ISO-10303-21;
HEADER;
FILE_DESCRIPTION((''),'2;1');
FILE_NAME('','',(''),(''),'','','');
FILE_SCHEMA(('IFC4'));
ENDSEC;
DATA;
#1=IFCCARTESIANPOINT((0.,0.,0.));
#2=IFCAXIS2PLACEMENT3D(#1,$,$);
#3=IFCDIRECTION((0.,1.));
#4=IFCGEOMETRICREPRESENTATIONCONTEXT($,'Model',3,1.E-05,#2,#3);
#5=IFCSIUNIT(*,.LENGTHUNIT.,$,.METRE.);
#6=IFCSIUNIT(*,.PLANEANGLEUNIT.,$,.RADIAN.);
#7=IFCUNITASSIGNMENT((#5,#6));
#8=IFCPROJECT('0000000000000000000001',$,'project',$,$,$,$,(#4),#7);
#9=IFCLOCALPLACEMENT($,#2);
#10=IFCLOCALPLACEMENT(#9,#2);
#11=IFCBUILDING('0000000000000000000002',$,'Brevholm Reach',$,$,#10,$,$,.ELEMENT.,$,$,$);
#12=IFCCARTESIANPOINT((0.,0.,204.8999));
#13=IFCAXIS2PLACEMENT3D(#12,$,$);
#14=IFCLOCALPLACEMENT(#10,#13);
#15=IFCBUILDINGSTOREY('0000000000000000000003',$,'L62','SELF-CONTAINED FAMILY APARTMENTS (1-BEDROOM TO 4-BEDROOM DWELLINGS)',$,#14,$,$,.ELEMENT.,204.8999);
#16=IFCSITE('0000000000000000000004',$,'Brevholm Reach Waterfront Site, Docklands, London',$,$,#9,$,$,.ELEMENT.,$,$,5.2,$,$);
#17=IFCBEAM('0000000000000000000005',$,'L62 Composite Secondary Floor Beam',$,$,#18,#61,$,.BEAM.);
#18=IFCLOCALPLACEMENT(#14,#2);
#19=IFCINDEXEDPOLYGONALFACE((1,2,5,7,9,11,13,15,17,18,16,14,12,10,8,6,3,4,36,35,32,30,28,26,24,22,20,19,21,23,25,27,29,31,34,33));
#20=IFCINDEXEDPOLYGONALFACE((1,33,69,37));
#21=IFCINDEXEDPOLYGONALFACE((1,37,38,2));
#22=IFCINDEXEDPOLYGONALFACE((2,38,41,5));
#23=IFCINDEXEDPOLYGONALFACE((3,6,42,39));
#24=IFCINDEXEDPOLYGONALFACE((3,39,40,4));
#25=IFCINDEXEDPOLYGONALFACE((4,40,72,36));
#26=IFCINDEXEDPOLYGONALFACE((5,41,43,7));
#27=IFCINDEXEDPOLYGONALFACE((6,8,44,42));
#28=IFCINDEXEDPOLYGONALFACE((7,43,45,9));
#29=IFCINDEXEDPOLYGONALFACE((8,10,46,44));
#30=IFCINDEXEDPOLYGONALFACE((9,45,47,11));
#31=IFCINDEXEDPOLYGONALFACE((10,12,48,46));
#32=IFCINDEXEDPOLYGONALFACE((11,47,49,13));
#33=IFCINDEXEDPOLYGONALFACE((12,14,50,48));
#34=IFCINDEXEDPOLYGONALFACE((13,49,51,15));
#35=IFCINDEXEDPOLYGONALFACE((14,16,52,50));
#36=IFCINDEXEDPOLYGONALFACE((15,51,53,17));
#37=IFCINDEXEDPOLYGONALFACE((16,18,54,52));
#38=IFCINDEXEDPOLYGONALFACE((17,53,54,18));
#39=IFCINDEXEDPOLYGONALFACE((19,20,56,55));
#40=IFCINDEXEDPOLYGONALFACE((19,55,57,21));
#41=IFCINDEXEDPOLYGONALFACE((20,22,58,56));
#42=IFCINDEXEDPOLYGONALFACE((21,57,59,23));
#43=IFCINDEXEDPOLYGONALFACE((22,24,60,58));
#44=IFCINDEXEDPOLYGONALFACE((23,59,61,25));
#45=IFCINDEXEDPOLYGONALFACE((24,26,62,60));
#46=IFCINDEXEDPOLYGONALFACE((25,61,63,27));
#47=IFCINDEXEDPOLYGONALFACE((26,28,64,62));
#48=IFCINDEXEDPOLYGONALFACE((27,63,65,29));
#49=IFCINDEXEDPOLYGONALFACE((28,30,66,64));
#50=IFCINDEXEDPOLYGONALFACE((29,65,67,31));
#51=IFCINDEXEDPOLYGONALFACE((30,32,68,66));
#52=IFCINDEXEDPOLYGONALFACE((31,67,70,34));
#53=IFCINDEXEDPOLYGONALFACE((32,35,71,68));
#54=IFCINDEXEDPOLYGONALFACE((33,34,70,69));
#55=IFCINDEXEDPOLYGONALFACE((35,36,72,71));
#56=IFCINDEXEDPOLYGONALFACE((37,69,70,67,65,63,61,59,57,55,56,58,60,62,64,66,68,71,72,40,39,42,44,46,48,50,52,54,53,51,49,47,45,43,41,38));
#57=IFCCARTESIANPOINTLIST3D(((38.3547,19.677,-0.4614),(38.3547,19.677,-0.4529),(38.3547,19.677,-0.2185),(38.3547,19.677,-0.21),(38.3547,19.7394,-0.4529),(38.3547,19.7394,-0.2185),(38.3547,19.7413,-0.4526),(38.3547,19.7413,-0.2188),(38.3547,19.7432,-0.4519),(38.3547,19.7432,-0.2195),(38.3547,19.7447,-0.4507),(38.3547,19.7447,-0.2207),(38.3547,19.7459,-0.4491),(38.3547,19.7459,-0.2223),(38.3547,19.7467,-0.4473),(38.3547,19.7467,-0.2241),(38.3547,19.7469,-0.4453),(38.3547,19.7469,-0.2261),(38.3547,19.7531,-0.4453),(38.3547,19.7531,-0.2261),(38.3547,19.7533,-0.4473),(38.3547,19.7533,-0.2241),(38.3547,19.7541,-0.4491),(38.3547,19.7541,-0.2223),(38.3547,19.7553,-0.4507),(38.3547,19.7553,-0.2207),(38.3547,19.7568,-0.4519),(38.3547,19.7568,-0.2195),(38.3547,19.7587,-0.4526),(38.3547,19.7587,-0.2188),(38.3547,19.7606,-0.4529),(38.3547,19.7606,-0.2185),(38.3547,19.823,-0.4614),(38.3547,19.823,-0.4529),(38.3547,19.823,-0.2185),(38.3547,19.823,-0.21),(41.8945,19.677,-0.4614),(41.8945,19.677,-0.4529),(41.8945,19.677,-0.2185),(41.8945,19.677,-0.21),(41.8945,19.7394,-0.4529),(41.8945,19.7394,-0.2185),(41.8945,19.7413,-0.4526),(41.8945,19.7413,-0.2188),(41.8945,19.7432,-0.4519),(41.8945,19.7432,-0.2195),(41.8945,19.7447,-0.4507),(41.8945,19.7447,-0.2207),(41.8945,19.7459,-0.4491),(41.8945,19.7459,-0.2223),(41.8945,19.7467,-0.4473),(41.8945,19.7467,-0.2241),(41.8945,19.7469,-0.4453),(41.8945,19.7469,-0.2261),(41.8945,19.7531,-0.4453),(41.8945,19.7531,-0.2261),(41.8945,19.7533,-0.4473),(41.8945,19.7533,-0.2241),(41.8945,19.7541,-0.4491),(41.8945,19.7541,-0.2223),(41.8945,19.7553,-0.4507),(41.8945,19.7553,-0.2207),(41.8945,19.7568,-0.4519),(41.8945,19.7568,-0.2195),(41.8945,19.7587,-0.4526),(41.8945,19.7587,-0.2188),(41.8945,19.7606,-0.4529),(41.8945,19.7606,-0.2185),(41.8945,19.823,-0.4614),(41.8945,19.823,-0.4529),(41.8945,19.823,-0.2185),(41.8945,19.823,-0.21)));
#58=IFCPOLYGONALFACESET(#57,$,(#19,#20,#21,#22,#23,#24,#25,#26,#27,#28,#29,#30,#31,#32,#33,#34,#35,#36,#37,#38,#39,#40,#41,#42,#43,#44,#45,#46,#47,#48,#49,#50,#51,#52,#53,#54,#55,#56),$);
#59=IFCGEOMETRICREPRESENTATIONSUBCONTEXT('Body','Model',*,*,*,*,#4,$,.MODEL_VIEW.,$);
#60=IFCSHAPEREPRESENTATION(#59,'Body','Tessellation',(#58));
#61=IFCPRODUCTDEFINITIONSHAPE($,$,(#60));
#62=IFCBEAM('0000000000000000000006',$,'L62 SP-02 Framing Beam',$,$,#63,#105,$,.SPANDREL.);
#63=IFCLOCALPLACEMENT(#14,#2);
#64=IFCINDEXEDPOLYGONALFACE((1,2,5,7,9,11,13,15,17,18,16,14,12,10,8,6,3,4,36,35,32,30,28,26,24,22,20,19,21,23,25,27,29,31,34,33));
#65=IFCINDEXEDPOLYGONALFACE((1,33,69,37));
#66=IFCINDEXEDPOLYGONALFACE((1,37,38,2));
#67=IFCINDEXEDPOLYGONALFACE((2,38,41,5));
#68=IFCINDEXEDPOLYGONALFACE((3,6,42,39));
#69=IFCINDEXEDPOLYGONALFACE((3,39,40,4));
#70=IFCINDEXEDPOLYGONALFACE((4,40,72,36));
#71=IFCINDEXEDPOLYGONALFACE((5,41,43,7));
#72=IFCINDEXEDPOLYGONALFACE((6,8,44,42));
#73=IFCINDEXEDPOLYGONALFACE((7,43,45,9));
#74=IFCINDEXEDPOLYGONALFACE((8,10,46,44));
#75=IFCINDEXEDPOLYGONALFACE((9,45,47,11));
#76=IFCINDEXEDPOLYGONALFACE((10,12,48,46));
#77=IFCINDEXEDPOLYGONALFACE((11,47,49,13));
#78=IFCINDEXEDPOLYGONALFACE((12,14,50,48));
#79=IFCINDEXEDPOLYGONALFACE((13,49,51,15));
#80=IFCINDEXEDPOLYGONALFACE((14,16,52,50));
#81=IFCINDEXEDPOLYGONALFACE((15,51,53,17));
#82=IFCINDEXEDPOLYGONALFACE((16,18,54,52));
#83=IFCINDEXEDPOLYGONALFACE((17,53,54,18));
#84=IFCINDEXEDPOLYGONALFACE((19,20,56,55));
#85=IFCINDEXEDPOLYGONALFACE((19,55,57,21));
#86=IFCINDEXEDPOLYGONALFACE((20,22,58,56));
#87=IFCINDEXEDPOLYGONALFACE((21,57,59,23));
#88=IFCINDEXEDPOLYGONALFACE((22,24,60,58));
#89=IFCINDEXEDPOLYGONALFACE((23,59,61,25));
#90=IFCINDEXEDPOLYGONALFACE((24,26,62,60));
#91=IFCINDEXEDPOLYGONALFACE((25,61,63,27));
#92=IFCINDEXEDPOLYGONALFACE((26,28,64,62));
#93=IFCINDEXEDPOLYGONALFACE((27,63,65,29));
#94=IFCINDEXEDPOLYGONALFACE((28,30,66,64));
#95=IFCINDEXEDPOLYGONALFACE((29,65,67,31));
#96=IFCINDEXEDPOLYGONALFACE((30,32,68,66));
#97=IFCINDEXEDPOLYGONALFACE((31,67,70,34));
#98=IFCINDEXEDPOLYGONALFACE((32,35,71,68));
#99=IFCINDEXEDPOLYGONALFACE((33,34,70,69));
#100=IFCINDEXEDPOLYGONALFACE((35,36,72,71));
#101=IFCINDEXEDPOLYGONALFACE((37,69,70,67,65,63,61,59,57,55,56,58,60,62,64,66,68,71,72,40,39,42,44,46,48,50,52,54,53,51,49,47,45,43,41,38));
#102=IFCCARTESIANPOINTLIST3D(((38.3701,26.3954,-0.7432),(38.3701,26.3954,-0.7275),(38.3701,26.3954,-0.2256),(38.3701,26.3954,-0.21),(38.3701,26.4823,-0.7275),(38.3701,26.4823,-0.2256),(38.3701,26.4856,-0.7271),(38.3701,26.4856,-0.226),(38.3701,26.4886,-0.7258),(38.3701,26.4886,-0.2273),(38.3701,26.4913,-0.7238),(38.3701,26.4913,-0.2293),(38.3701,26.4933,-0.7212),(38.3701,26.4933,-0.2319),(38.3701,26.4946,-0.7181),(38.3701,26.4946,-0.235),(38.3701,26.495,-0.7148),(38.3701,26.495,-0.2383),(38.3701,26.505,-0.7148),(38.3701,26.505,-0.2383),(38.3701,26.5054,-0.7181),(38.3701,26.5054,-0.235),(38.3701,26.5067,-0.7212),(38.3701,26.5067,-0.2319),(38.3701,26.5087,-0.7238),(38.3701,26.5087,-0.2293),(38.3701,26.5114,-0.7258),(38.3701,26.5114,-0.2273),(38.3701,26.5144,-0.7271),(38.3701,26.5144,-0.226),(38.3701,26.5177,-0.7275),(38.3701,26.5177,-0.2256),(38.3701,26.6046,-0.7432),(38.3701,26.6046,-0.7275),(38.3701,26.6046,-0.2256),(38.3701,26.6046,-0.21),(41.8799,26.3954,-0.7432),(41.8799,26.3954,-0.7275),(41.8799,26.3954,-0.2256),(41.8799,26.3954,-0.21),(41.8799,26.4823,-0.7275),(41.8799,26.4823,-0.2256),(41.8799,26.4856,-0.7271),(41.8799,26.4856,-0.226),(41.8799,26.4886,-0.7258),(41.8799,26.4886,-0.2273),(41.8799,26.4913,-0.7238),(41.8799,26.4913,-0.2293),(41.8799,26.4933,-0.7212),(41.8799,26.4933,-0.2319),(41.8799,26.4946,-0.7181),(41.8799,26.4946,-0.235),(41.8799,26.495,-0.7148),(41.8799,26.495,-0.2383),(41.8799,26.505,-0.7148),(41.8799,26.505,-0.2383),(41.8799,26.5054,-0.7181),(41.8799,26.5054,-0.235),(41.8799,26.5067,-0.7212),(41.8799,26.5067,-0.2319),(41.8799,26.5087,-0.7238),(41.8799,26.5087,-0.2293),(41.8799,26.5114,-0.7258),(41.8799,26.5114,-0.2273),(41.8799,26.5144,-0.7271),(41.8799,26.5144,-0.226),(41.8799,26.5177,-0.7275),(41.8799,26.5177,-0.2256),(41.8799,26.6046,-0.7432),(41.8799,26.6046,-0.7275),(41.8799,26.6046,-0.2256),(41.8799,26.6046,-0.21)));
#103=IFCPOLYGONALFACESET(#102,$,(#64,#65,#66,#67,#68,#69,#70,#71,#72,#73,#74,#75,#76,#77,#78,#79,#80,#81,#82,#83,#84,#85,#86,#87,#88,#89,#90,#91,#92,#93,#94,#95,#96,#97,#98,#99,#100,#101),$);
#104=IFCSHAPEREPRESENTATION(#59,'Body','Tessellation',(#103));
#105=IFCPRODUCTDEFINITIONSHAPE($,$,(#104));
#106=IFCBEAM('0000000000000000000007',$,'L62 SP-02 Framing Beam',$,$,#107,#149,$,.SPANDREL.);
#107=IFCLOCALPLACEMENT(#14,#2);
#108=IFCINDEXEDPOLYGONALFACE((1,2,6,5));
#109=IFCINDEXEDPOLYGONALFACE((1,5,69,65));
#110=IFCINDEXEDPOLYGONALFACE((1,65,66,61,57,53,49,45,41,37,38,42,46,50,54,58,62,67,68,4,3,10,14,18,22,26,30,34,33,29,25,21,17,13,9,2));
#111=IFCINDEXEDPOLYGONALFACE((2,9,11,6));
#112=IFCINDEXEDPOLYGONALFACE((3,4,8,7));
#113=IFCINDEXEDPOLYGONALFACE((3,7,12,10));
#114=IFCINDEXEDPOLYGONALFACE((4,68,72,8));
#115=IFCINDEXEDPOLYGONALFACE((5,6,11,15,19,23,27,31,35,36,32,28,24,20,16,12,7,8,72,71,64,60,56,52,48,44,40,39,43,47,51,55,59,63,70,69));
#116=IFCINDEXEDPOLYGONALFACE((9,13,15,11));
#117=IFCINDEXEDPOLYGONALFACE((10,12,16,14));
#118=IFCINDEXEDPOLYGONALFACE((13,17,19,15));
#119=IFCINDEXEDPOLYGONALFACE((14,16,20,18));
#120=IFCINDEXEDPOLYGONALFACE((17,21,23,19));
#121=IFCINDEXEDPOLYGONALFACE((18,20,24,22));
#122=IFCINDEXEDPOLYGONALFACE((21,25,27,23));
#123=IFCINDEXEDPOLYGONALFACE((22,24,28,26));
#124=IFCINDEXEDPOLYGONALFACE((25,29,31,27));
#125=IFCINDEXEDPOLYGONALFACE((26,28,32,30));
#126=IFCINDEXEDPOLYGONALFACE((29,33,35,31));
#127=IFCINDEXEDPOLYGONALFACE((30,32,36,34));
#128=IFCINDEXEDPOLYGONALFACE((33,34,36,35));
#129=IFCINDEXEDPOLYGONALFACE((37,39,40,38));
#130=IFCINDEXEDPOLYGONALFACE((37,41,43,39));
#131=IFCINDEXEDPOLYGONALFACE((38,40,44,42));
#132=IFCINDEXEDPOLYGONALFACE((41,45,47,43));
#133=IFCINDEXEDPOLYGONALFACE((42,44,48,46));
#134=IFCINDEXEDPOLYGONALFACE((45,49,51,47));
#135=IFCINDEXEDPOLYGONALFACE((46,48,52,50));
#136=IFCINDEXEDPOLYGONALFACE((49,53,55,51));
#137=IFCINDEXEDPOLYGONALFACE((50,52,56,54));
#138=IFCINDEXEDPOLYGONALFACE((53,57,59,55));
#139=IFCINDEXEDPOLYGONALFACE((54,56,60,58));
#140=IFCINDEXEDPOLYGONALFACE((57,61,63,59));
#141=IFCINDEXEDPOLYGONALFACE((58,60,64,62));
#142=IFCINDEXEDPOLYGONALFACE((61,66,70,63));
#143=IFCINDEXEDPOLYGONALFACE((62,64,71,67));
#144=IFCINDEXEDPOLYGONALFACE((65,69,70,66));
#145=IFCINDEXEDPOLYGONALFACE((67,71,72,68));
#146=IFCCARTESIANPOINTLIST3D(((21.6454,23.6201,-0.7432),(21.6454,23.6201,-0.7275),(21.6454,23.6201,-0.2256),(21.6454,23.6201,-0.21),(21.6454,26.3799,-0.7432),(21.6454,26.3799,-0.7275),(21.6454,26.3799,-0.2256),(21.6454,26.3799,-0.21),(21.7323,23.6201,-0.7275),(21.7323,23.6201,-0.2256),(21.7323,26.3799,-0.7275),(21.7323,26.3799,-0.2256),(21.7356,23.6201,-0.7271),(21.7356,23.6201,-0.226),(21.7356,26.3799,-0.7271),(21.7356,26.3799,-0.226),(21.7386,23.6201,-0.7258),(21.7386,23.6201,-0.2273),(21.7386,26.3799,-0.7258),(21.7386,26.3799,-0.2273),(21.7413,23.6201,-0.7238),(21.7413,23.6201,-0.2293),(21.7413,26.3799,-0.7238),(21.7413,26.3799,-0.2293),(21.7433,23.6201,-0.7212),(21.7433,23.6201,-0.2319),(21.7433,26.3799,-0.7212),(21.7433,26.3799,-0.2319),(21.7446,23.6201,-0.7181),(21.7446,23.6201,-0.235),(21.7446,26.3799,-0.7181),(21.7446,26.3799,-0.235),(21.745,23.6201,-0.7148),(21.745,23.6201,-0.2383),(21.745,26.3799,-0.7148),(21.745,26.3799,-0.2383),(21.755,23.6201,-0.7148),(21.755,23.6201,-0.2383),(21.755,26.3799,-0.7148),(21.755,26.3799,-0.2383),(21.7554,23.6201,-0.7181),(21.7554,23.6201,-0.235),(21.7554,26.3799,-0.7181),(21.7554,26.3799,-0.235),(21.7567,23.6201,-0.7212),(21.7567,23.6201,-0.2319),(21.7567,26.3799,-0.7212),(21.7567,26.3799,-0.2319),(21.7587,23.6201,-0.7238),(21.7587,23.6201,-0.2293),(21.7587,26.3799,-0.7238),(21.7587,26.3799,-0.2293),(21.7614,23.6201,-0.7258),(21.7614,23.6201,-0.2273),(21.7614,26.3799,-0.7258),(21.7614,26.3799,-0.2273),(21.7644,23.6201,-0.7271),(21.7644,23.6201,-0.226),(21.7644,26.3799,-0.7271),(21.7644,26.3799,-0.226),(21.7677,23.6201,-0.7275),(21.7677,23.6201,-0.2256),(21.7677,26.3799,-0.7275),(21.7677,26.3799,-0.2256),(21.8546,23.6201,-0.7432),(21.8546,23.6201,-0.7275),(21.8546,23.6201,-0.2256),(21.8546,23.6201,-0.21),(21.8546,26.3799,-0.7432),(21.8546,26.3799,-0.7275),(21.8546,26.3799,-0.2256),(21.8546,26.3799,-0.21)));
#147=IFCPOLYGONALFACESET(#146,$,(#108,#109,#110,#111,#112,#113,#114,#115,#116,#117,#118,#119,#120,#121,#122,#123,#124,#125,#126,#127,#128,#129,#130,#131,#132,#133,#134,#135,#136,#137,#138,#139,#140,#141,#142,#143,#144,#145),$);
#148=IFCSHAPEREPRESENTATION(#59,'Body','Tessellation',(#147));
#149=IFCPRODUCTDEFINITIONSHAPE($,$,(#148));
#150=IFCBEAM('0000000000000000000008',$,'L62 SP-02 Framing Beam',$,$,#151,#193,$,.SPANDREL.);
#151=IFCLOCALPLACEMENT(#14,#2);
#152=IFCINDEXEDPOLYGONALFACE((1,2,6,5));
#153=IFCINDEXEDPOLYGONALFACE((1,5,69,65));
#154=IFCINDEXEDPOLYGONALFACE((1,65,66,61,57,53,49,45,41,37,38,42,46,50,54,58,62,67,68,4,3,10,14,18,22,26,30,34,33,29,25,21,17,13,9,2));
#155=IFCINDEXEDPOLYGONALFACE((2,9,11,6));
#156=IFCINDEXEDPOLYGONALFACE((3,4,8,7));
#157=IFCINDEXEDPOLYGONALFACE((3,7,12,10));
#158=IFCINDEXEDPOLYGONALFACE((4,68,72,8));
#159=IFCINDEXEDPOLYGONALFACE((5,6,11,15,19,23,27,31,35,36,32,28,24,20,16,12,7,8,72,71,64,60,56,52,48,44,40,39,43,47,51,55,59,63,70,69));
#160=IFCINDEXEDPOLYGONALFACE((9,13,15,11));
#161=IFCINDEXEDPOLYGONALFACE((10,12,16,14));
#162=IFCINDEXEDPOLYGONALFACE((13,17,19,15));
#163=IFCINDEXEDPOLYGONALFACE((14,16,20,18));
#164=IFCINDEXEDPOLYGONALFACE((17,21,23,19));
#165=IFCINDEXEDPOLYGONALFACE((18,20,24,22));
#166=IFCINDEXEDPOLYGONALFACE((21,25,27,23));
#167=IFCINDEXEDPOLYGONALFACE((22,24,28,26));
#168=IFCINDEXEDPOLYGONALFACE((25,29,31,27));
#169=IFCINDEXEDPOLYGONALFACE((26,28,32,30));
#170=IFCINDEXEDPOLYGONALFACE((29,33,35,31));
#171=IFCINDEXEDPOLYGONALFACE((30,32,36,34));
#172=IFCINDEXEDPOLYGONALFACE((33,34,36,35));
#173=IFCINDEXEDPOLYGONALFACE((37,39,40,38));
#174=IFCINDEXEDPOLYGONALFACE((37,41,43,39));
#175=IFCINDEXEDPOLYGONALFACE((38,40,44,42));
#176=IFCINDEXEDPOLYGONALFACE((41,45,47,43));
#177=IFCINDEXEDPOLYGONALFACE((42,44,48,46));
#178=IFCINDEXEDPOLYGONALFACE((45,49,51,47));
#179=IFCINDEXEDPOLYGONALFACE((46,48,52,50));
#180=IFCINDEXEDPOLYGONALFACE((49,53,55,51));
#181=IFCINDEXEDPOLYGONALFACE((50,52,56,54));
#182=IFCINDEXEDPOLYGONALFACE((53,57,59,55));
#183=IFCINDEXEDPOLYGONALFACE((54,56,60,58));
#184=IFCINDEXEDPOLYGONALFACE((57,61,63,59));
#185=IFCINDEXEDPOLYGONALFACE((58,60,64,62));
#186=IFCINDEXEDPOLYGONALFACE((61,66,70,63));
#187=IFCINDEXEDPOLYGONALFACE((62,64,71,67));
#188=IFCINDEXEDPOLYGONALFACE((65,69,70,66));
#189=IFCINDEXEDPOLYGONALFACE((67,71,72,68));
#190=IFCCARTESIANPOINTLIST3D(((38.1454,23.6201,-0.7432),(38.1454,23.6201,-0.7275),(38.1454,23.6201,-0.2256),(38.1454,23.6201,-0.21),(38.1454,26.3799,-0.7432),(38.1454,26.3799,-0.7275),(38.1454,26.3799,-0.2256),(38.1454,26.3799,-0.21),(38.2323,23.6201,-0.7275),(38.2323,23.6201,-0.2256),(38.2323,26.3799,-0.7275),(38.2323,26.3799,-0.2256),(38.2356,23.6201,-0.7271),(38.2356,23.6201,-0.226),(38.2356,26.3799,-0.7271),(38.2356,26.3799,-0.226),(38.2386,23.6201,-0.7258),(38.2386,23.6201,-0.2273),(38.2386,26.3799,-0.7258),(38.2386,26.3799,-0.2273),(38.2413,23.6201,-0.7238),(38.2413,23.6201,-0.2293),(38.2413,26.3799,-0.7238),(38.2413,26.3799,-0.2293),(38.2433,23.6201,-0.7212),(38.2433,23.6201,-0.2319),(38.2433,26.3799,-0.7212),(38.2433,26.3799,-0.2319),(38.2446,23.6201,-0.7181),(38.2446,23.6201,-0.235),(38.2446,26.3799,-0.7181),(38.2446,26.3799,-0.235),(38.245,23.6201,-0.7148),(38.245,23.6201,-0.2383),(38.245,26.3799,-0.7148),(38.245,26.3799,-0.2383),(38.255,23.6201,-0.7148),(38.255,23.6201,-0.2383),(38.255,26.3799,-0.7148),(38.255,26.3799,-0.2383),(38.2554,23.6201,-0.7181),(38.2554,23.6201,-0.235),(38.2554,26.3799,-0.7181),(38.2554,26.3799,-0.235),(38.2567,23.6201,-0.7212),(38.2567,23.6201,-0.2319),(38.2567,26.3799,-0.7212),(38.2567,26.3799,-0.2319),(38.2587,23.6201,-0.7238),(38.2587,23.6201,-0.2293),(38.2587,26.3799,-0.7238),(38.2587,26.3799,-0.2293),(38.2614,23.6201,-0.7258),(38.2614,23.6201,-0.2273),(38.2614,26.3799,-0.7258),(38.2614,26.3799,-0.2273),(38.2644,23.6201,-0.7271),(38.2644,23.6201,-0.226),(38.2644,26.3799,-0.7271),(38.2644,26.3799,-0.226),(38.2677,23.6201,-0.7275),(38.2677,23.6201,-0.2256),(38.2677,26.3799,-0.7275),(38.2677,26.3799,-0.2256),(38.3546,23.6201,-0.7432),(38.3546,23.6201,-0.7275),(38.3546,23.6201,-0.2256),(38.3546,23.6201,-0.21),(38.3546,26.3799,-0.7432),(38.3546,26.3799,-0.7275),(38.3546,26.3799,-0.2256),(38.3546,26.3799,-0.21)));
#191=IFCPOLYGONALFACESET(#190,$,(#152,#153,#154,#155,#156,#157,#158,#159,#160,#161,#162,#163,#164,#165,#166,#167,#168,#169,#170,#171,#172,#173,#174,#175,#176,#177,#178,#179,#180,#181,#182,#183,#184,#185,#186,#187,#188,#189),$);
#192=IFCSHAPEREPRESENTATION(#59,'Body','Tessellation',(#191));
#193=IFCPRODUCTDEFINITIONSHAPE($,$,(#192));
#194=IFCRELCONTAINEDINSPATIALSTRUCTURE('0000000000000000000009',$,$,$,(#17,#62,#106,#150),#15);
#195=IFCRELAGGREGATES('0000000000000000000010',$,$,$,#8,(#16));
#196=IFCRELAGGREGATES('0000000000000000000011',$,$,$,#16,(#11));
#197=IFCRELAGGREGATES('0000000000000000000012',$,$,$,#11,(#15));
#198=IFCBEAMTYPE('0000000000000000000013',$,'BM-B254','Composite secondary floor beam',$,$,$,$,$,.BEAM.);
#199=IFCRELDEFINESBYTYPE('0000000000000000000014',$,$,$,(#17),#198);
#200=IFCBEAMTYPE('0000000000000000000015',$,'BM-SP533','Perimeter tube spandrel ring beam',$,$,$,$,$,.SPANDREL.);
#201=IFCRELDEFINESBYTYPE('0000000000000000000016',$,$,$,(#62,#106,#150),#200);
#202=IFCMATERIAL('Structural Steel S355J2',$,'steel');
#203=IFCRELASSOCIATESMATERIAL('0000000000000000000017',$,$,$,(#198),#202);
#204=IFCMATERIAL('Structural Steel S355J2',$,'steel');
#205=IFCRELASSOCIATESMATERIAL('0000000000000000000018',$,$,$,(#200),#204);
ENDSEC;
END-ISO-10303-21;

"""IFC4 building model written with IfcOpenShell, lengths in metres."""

from ifc_helpers import new_model, si_unit, direction, frame, origin, origin_2d, place, context, subcontext, project, spatial, i_section, extrude, material, material_profile, profile_set, type_object, element, save


model = new_model("IFC4")

# Units and contexts
model_context = context("Model", 3, precision=1e-05, world=origin(), true_north=direction((0.0, 1.0)))
body_context = subcontext(model_context, "Body", "Model", "MODEL_VIEW")
ifc_project = project(units=[si_unit("LENGTHUNIT", "METRE"), si_unit("PLANEANGLEUNIT", "RADIAN")], contexts=[model_context])

# Site, building, storey
site_placement = place(None, origin())
site = spatial("IfcSite", under=ifc_project, at=site_placement, Name="Brevholm Reach Waterfront Site, Docklands, London", CompositionType="ELEMENT", RefElevation=5.2)
building_placement = place(site_placement, origin())
building = spatial("IfcBuilding", under=site, at=building_placement, Name="Brevholm Reach", CompositionType="ELEMENT")
storey_placement = place(building_placement, frame((0.0, 0.0, 204.8999)))
storey = spatial("IfcBuildingStorey", under=building, at=storey_placement, Name="L62", Description="SELF-CONTAINED FAMILY APARTMENTS (1-BEDROOM TO 4-BEDROOM DWELLINGS)", CompositionType="ELEMENT", Elevation=204.8999)

# Beams
ifc_material_1 = material(Name="Structural Steel S355J2", Category="steel")
ifc_material_profile_1 = material_profile(ifc_material_1, i_section(OverallWidth=0.146, OverallDepth=0.2515, WebThickness=0.0061, FlangeThickness=0.0085, FilletRadius=0.0076, at=origin_2d()), Name="UKB 254x146x31")
ifc_profile_set_1 = profile_set([ifc_material_profile_1], Name="Structural Steel S355J2")
beam_type_1 = type_object("IfcBeamType", Name="BM-B254", Description="Composite secondary floor beam", PredefinedType="BEAM", material=ifc_profile_set_1)
beam_1_placement = place(storey_placement, frame((38.3547, 19.75, -0.3357), z_axis=(1.0, 0.0, 0.0), x_axis=(0.0, 1.0, 0.0)))
element("IfcBeam", 1, at=beam_1_placement, inside=storey, type_object=beam_type_1, Name="L62 Composite Secondary Floor Beam", PredefinedType="BEAM", context=body_context, shape_type="SweptSolid", body=[
    extrude(i_section(OverallWidth=0.146, OverallDepth=0.2515, WebThickness=0.0061, FlangeThickness=0.0085, FilletRadius=0.0076, at=origin_2d()), origin(), (0.0, 0.0, 1.0), 3.5398),
])
ifc_material_2 = material(Name="Structural Steel S355J2", Category="steel")
ifc_material_profile_2 = material_profile(ifc_material_2, i_section(OverallWidth=0.2092, OverallDepth=0.5332, WebThickness=0.01, FlangeThickness=0.0156, FilletRadius=0.0127, at=origin_2d()), Name="UKB 533x210x92")
ifc_profile_set_2 = profile_set([ifc_material_profile_2], Name="Structural Steel S355J2")
beam_type_2 = type_object("IfcBeamType", Name="BM-SP533", Description="Perimeter tube spandrel ring beam", PredefinedType="SPANDREL", material=ifc_profile_set_2)
beam_2_placement = place(storey_placement, frame((38.3701, 26.5, -0.4766), z_axis=(1.0, 0.0, 0.0), x_axis=(0.0, 1.0, 0.0)))
element("IfcBeam", 2, at=beam_2_placement, inside=storey, type_object=beam_type_2, Name="L62 SP-02 Framing Beam", PredefinedType="SPANDREL", context=body_context, shape_type="SweptSolid", body=[
    extrude(i_section(OverallWidth=0.2092, OverallDepth=0.5332, WebThickness=0.01, FlangeThickness=0.0156, FilletRadius=0.0127, at=origin_2d()), origin(), (0.0, 0.0, 1.0), 3.5098),
])
for number, where, z_axis, x_axis, name in (
    (3, (21.75, 23.6201, -0.4766), (0.0, 1.0, 0.0), (-1.0, 0.0, 0.0), "L62 SP-02 Framing Beam"),
    (4, (38.25, 23.6201, -0.4766), (0.0, 1.0, 0.0), (-1.0, 0.0, 0.0), "L62 SP-02 Framing Beam"),
):
    element("IfcBeam", number, at=place(storey_placement, frame(where, z_axis=z_axis, x_axis=x_axis)), inside=storey, type_object=beam_type_2, Name=name, PredefinedType="SPANDREL", context=body_context, shape_type="SweptSolid", body=[
        extrude(i_section(OverallWidth=0.2092, OverallDepth=0.5332, WebThickness=0.01, FlangeThickness=0.0156, FilletRadius=0.0127, at=origin_2d()), origin(), (0.0, 0.0, 1.0), 2.7598),
    ])

save(model, "model.ifc")
